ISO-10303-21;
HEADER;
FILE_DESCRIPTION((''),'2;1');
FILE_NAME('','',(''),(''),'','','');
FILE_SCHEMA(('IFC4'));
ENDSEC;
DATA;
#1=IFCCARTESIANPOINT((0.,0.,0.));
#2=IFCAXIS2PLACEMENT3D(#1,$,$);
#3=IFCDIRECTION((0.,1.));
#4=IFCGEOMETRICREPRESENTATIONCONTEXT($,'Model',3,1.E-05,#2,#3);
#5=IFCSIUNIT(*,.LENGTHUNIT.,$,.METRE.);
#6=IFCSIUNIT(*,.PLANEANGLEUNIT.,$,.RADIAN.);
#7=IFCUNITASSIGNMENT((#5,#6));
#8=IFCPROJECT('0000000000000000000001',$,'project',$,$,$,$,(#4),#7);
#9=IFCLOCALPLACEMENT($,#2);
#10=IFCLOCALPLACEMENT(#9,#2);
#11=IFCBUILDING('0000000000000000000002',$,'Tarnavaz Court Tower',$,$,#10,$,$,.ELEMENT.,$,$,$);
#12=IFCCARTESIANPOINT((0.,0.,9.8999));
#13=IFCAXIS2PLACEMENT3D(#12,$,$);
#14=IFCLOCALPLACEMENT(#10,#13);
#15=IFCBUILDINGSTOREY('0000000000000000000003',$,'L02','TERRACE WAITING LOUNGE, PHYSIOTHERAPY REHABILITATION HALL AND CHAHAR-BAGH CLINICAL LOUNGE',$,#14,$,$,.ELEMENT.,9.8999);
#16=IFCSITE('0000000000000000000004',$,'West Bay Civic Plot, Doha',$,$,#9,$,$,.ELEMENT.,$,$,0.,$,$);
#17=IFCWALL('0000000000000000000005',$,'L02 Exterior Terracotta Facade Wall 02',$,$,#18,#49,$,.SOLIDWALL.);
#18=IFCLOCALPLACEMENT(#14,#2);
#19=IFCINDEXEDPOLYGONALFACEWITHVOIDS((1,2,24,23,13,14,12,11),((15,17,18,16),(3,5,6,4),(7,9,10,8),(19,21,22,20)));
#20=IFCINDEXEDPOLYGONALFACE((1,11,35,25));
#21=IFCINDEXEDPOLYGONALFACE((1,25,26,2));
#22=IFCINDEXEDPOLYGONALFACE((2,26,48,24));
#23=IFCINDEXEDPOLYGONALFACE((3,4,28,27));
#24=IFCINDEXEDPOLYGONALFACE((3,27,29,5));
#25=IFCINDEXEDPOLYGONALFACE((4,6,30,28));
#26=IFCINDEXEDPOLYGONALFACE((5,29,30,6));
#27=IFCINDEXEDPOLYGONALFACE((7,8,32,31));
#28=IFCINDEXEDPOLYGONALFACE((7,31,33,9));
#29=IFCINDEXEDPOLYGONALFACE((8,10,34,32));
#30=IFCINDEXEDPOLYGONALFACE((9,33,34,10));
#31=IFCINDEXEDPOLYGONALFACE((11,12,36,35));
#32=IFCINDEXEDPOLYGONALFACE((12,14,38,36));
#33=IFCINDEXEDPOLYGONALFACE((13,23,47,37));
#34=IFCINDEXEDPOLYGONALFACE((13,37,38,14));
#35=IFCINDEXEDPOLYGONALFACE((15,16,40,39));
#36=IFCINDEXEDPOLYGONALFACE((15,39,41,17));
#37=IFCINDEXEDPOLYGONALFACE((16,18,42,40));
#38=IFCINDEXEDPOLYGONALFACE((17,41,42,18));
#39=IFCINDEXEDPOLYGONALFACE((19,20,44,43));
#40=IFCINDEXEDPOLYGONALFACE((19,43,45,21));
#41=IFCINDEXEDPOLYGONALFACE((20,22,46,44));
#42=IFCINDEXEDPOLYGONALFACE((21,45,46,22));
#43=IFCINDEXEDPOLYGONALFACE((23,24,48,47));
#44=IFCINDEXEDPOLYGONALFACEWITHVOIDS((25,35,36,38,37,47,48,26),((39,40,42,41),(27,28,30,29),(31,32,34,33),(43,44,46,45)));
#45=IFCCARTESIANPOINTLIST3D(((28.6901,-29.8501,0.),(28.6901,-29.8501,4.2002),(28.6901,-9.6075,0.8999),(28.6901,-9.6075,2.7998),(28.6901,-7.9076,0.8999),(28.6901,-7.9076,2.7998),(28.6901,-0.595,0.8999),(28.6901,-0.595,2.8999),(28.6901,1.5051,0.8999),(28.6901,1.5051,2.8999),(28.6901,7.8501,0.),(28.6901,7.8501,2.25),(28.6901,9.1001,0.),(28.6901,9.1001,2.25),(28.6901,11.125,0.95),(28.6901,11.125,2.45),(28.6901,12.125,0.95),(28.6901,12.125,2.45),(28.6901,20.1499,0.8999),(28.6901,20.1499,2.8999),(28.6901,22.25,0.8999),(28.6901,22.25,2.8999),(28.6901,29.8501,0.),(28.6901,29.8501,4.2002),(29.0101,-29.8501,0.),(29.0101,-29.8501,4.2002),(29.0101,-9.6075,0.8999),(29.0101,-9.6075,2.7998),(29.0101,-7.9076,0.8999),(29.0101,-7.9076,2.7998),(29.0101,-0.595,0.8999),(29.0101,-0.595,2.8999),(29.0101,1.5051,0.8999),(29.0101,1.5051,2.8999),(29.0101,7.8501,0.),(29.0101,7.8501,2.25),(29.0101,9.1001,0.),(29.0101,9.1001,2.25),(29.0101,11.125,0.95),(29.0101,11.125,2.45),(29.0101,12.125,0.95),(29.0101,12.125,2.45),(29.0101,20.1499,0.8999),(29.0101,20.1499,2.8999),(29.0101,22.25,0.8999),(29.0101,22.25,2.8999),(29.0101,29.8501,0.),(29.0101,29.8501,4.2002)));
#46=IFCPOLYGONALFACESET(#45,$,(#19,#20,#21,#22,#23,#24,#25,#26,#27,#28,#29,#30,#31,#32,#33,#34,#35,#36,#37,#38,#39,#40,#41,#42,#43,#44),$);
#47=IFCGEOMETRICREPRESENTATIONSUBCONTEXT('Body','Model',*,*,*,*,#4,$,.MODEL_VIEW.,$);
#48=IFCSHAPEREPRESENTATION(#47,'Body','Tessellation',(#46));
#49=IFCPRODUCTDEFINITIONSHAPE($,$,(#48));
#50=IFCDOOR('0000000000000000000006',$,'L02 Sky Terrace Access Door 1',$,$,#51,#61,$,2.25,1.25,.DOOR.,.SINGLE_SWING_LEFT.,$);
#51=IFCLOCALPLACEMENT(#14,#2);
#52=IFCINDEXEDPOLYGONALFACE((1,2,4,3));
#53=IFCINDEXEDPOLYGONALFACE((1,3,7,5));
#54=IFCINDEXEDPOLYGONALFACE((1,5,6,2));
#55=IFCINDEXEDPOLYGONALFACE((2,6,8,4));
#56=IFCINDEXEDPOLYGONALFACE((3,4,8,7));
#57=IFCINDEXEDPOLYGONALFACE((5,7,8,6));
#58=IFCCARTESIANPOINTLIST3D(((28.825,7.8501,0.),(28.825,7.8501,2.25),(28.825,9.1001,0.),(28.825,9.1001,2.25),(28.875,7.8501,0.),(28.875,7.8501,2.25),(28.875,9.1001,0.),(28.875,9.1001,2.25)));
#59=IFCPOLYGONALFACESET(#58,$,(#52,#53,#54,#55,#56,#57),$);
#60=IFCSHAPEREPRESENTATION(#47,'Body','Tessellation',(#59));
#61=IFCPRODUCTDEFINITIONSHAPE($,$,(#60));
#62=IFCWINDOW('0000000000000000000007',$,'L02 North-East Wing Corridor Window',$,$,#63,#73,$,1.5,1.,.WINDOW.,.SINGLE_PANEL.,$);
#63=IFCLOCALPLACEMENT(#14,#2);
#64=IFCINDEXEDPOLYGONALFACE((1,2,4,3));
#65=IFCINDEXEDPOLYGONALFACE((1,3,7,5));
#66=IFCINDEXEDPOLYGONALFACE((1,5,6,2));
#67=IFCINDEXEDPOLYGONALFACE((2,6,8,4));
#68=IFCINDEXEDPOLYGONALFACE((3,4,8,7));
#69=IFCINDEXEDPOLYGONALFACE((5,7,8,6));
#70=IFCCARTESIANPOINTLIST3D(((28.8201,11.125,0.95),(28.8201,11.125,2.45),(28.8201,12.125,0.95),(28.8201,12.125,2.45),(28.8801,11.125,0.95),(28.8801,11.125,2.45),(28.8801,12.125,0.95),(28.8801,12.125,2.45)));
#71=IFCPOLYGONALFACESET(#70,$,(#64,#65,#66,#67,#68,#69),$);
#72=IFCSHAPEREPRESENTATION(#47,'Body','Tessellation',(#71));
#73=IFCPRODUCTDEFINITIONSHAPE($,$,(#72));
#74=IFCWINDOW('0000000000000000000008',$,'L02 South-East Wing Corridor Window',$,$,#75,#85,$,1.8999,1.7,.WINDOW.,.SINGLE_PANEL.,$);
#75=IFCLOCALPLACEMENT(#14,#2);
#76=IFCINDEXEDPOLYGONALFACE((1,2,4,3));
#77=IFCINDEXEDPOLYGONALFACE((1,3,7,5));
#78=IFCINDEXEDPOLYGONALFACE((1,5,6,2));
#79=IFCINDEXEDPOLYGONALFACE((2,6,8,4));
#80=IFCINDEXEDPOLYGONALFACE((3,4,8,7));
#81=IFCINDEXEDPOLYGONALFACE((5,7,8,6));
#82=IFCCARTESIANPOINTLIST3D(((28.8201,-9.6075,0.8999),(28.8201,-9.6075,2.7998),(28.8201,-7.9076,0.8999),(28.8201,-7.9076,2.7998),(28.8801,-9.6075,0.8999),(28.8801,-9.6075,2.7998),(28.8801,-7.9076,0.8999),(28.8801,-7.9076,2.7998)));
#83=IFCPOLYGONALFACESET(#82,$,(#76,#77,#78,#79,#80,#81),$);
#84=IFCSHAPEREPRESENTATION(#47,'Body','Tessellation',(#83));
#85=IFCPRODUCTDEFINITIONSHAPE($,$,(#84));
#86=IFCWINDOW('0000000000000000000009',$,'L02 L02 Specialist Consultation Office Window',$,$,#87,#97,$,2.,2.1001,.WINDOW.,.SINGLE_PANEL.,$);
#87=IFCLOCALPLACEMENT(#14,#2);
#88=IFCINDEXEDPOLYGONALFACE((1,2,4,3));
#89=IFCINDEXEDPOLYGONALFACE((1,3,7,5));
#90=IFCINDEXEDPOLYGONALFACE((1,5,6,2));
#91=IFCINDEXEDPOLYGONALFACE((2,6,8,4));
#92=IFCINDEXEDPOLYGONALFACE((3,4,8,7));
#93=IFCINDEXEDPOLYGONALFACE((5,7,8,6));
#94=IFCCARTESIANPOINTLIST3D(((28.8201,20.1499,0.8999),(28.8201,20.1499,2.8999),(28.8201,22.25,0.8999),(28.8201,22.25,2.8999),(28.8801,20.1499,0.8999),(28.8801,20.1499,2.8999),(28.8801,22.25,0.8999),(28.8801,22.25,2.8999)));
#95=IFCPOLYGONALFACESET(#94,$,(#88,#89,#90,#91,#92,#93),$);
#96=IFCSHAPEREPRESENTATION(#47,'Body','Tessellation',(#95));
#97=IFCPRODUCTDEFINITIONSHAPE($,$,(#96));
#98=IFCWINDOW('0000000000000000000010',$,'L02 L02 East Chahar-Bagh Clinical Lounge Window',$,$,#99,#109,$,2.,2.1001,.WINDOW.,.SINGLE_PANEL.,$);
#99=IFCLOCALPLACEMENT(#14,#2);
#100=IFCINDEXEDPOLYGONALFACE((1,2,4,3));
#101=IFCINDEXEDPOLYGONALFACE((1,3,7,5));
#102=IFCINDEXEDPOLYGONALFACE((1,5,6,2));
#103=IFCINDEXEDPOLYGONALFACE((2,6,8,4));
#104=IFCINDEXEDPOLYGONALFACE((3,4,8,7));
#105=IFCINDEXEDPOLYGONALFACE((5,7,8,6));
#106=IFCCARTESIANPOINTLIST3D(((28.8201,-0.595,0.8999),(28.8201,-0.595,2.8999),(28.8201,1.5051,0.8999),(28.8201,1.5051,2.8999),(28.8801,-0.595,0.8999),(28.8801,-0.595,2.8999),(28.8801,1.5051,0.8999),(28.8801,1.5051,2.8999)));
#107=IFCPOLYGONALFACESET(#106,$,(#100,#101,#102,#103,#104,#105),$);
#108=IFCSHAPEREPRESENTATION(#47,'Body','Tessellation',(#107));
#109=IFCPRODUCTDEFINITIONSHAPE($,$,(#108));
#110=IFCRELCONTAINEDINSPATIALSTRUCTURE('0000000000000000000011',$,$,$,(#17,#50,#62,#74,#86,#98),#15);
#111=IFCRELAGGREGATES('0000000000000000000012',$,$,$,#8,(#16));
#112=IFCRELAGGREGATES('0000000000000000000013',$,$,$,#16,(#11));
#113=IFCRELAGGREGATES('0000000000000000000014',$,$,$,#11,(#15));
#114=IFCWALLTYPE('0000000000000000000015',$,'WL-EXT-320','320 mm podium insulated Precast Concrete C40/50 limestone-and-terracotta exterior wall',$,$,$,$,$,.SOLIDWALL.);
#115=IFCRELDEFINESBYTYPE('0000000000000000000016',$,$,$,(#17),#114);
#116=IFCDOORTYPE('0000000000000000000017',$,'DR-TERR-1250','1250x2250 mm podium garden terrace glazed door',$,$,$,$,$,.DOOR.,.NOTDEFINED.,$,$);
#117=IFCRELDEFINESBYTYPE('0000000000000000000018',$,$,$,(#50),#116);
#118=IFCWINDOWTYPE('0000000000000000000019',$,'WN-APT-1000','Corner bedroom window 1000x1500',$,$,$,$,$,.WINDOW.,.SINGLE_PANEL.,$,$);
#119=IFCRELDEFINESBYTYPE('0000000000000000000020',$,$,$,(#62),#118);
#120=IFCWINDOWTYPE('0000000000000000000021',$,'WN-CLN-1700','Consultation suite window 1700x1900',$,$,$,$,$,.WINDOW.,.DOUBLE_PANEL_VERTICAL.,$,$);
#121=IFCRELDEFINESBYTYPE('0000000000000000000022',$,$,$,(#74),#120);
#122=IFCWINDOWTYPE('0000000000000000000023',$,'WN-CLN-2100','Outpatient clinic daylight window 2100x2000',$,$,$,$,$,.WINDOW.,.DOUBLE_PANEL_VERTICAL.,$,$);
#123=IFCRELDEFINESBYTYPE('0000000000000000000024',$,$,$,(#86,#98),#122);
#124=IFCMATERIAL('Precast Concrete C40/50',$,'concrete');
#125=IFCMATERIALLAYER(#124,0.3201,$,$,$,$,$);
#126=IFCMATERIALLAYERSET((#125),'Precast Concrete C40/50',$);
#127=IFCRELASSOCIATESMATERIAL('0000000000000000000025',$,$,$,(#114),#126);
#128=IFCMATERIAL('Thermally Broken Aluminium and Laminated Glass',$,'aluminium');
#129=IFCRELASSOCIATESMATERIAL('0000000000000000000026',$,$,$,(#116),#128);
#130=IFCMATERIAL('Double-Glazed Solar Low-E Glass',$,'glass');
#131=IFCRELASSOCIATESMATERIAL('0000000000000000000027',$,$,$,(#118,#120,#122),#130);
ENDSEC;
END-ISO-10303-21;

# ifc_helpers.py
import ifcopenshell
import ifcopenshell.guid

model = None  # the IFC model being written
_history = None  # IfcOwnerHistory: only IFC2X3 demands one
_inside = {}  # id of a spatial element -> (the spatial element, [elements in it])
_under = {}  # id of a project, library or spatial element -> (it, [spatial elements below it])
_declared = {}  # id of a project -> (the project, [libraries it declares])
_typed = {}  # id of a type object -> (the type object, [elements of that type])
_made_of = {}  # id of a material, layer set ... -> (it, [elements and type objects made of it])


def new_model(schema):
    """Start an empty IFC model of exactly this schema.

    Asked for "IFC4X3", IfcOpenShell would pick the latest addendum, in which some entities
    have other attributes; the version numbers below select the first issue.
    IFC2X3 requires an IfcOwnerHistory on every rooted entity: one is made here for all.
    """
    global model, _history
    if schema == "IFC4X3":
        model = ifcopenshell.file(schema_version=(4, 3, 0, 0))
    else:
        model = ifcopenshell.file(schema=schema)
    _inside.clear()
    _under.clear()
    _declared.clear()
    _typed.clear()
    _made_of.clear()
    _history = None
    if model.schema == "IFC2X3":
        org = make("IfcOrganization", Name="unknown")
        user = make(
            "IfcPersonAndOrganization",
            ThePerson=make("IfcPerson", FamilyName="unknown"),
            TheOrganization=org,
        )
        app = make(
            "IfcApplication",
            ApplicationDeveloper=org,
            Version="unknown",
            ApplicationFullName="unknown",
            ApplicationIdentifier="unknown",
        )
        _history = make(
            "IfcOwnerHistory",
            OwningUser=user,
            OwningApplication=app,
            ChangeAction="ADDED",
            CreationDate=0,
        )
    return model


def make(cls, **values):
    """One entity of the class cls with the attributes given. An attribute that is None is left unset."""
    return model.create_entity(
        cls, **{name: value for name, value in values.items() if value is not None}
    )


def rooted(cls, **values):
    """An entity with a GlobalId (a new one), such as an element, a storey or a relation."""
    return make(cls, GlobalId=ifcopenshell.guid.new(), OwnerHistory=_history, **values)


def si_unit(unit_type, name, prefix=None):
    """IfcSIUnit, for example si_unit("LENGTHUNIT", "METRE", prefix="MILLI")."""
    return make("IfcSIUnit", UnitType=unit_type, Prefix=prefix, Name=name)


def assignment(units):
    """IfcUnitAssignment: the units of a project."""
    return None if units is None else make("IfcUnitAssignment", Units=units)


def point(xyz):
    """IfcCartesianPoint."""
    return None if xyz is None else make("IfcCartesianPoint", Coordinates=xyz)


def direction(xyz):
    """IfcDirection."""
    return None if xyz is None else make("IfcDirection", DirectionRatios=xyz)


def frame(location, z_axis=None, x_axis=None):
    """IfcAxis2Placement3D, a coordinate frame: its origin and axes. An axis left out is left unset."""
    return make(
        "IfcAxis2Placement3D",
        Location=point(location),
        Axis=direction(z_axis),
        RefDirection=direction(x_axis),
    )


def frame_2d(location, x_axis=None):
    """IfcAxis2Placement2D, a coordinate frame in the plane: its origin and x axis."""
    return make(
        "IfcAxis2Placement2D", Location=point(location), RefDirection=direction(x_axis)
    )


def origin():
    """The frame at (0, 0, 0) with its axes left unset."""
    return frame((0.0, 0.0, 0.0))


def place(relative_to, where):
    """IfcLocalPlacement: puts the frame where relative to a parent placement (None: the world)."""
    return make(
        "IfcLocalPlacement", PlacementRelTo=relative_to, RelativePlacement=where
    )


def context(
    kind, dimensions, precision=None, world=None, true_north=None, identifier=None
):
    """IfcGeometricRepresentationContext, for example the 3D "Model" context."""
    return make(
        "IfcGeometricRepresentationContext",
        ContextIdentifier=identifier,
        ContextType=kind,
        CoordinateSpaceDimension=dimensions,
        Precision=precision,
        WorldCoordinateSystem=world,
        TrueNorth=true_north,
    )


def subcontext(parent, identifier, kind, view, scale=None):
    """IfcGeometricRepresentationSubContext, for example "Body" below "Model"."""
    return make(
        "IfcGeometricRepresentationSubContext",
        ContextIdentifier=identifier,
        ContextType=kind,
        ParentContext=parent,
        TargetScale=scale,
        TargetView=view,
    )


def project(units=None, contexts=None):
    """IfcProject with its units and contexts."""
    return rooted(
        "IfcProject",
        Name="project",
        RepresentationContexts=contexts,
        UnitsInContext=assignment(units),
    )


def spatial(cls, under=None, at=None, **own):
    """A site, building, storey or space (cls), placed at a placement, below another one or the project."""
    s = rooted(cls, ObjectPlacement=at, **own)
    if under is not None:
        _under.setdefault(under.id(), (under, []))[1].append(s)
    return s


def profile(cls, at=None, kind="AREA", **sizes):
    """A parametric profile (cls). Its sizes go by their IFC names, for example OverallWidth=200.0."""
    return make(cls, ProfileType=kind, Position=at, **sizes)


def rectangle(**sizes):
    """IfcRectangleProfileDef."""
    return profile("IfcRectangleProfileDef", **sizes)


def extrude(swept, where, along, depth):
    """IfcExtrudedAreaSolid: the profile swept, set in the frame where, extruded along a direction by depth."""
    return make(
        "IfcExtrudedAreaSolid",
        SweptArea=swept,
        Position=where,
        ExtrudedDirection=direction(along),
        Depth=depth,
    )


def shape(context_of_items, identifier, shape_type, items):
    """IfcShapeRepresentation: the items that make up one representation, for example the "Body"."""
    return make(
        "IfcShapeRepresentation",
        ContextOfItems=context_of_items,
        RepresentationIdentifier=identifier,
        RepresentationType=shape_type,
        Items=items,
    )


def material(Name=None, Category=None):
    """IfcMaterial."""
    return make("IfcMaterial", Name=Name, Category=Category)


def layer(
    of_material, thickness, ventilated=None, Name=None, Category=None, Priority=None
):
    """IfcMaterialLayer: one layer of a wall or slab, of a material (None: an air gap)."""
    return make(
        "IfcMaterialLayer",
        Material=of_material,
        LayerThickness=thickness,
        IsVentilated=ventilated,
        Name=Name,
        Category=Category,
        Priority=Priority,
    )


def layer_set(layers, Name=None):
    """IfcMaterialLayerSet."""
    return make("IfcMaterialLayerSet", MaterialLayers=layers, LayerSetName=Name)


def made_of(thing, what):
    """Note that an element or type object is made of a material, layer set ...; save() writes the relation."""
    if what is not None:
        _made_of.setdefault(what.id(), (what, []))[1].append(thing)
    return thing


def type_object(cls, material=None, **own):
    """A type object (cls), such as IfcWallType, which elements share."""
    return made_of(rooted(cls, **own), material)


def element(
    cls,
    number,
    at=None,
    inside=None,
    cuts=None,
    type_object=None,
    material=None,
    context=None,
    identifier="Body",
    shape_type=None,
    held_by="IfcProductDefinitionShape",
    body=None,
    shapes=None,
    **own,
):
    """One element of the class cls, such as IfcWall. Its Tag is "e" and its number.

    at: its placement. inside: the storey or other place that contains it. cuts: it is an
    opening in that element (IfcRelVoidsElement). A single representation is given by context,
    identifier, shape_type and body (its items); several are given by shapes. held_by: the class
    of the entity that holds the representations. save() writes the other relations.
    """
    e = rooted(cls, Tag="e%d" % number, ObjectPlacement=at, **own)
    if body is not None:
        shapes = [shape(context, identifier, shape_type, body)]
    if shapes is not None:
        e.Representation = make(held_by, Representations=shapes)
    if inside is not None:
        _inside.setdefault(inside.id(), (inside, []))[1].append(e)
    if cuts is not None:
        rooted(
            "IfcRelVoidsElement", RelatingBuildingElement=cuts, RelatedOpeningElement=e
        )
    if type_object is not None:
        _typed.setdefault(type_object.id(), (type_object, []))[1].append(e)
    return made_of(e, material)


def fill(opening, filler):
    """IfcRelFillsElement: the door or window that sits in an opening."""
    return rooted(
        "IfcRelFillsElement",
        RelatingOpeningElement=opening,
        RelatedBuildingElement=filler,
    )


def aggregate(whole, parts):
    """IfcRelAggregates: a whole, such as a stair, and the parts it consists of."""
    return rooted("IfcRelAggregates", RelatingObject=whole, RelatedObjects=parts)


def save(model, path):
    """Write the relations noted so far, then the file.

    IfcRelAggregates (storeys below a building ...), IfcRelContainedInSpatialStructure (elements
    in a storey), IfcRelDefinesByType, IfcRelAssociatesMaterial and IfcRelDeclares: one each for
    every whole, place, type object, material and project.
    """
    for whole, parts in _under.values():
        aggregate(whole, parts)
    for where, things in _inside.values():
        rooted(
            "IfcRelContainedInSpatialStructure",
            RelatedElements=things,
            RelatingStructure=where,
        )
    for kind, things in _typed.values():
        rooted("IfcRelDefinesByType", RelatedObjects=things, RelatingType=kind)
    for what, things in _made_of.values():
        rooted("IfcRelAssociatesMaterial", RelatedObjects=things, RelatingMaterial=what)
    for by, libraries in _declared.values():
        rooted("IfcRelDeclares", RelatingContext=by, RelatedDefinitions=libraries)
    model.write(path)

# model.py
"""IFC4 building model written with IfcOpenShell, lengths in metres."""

from ifc_helpers import new_model, si_unit, direction, frame, frame_2d, origin, place, context, subcontext, project, spatial, rectangle, extrude, material, layer, layer_set, type_object, element, fill, save


model = new_model("IFC4")

# Units and contexts
model_context = context("Model", 3, precision=1e-05, world=origin(), true_north=direction((0.0, 1.0)))
body_context = subcontext(model_context, "Body", "Model", "MODEL_VIEW")
ifc_project = project(units=[si_unit("LENGTHUNIT", "METRE"), si_unit("PLANEANGLEUNIT", "RADIAN")], contexts=[model_context])

# Site, building, storey
site_placement = place(None, origin())
site = spatial("IfcSite", under=ifc_project, at=site_placement, Name="West Bay Civic Plot, Doha", CompositionType="ELEMENT", RefElevation=0.0)
building_placement = place(site_placement, origin())
building = spatial("IfcBuilding", under=site, at=building_placement, Name="Tarnavaz Court Tower", CompositionType="ELEMENT")
storey_placement = place(building_placement, frame((0.0, 0.0, 9.8999)))
storey = spatial("IfcBuildingStorey", under=building, at=storey_placement, Name="L02", Description="TERRACE WAITING LOUNGE, PHYSIOTHERAPY REHABILITATION HALL AND CHAHAR-BAGH CLINICAL LOUNGE", CompositionType="ELEMENT", Elevation=9.8999)

# Shared definitions
ifc_material_1 = material(Name="Double-Glazed Solar Low-E Glass", Category="glass")

# Wall, openings, door, windows
ifc_material_2 = material(Name="Precast Concrete C40/50", Category="concrete")
ifc_layer_1 = layer(ifc_material_2, 0.3201)
ifc_layer_set_1 = layer_set([ifc_layer_1], Name="Precast Concrete C40/50")
wall_type = type_object("IfcWallType", Name="WL-EXT-320", Description="320 mm podium insulated Precast Concrete C40/50 limestone-and-terracotta exterior wall", PredefinedType="SOLIDWALL", material=ifc_layer_set_1)
wall_placement = place(storey_placement, frame((28.8501, 29.8501, 0.0), z_axis=(0.0, 0.0, 1.0), x_axis=(0.0, -1.0, 0.0)))
wall = element("IfcWall", 1, at=wall_placement, inside=storey, type_object=wall_type, Name="L02 Exterior Terracotta Facade Wall 02", PredefinedType="SOLIDWALL", context=body_context, shape_type="SweptSolid", body=[
    extrude(rectangle(XDim=59.7002, YDim=0.3201, at=frame_2d((29.8501, 0.0))), origin(), (0.0, 0.0, 1.0), 4.2002),
])
opening_1_placement = place(wall_placement, frame((20.75, 0.0, 0.0)))
opening_1 = element("IfcOpeningElement", 2, at=opening_1_placement, cuts=wall, PredefinedType="OPENING", context=body_context, shape_type="SweptSolid", body=[
    extrude(rectangle(XDim=1.25, YDim=2.25, at=frame_2d((0.625, 1.125))), frame((0.0, 0.1699, 0.0), z_axis=(0.0, -1.0, 0.0), x_axis=(1.0, 0.0, 0.0)), (0.0, 0.0, 1.0), 0.3401),
])
opening_2_placement = place(wall_placement, frame((7.6001, 0.0, 0.8999)))
opening_2 = element("IfcOpeningElement", 3, at=opening_2_placement, cuts=wall, PredefinedType="OPENING", context=body_context, shape_type="SweptSolid", body=[
    extrude(rectangle(XDim=2.1001, YDim=2.0, at=frame_2d((1.05, 1.0))), frame((0.0, 0.1699, 0.0), z_axis=(0.0, -1.0, 0.0), x_axis=(1.0, 0.0, 0.0)), (0.0, 0.0, 1.0), 0.3401),
])
opening_3_placement = place(wall_placement, frame((17.7251, 0.0, 0.95)))
opening_3 = element("IfcOpeningElement", 4, at=opening_3_placement, cuts=wall, PredefinedType="OPENING", context=body_context, shape_type="SweptSolid", body=[
    extrude(rectangle(XDim=1.0, YDim=1.5, at=frame_2d((0.5, 0.75))), frame((0.0, 0.1699, 0.0), z_axis=(0.0, -1.0, 0.0), x_axis=(1.0, 0.0, 0.0)), (0.0, 0.0, 1.0), 0.3401),
])
opening_4_placement = place(wall_placement, frame((28.345, 0.0, 0.8999)))
opening_4 = element("IfcOpeningElement", 5, at=opening_4_placement, cuts=wall, PredefinedType="OPENING", context=body_context, shape_type="SweptSolid", body=[
    extrude(rectangle(XDim=2.1001, YDim=2.0, at=frame_2d((1.05, 1.0))), frame((0.0, 0.1699, 0.0), z_axis=(0.0, -1.0, 0.0), x_axis=(1.0, 0.0, 0.0)), (0.0, 0.0, 1.0), 0.3401),
])
opening_5_placement = place(wall_placement, frame((37.7576, 0.0, 0.8999)))
opening_5 = element("IfcOpeningElement", 6, at=opening_5_placement, cuts=wall, PredefinedType="OPENING", context=body_context, shape_type="SweptSolid", body=[
    extrude(rectangle(XDim=1.7, YDim=1.8999, at=frame_2d((0.8501, 0.95))), frame((0.0, 0.1699, 0.0), z_axis=(0.0, -1.0, 0.0), x_axis=(1.0, 0.0, 0.0)), (0.0, 0.0, 1.0), 0.3401),
])
ifc_material_3 = material(Name="Thermally Broken Aluminium and Laminated Glass", Category="aluminium")
door_type = type_object("IfcDoorType", Name="DR-TERR-1250", Description="1250x2250 mm podium garden terrace glazed door", OperationType="NOTDEFINED", PredefinedType="DOOR", material=ifc_material_3)
door_placement = place(opening_1_placement, origin())
door = element("IfcDoor", 7, at=door_placement, inside=storey, type_object=door_type, Name="L02 Sky Terrace Access Door 1", OperationType="SINGLE_SWING_LEFT", OverallHeight=2.25, OverallWidth=1.25, PredefinedType="DOOR", context=body_context, shape_type="SweptSolid", body=[
    extrude(rectangle(XDim=1.25, YDim=2.25, at=frame_2d((0.625, 1.125))), frame((0.0, 0.0249, 0.0), z_axis=(0.0, -1.0, 0.0), x_axis=(1.0, 0.0, 0.0)), (0.0, 0.0, 1.0), 0.05),
])
fill(opening_1, door)
window_type_1 = type_object("IfcWindowType", Name="WN-APT-1000", Description="Corner bedroom window 1000x1500", PartitioningType="SINGLE_PANEL", PredefinedType="WINDOW", material=ifc_material_1)
window_1_placement = place(opening_3_placement, origin())
window_1 = element("IfcWindow", 8, at=window_1_placement, inside=storey, type_object=window_type_1, Name="L02 North-East Wing Corridor Window", OverallHeight=1.5, OverallWidth=1.0, PartitioningType="SINGLE_PANEL", PredefinedType="WINDOW", context=body_context, shape_type="SweptSolid", body=[
    extrude(rectangle(XDim=1.0, YDim=1.5, at=frame_2d((0.5, 0.75))), frame((0.0, 0.03, 0.0), z_axis=(0.0, -1.0, 0.0), x_axis=(1.0, 0.0, 0.0)), (0.0, 0.0, 1.0), 0.0601),
])
fill(opening_3, window_1)
window_type_2 = type_object("IfcWindowType", Name="WN-CLN-1700", Description="Consultation suite window 1700x1900", PartitioningType="DOUBLE_PANEL_VERTICAL", PredefinedType="WINDOW", material=ifc_material_1)
window_2_placement = place(opening_5_placement, origin())
window_2 = element("IfcWindow", 9, at=window_2_placement, inside=storey, type_object=window_type_2, Name="L02 South-East Wing Corridor Window", OverallHeight=1.8999, OverallWidth=1.7, PartitioningType="SINGLE_PANEL", PredefinedType="WINDOW", context=body_context, shape_type="SweptSolid", body=[
    extrude(rectangle(XDim=1.7, YDim=1.8999, at=frame_2d((0.8501, 0.95))), frame((0.0, 0.03, 0.0), z_axis=(0.0, -1.0, 0.0), x_axis=(1.0, 0.0, 0.0)), (0.0, 0.0, 1.0), 0.0601),
])
fill(opening_5, window_2)
window_type_3 = type_object("IfcWindowType", Name="WN-CLN-2100", Description="Outpatient clinic daylight window 2100x2000", PartitioningType="DOUBLE_PANEL_VERTICAL", PredefinedType="WINDOW", material=ifc_material_1)
window_3_placement = place(opening_2_placement, origin())
window_3 = element("IfcWindow", 10, at=window_3_placement, inside=storey, type_object=window_type_3, Name="L02 L02 Specialist Consultation Office Window", OverallHeight=2.0, OverallWidth=2.1001, PartitioningType="SINGLE_PANEL", PredefinedType="WINDOW", context=body_context, shape_type="SweptSolid", body=[
    extrude(rectangle(XDim=2.1001, YDim=2.0, at=frame_2d((1.05, 1.0))), frame((0.0, 0.03, 0.0), z_axis=(0.0, -1.0, 0.0), x_axis=(1.0, 0.0, 0.0)), (0.0, 0.0, 1.0), 0.0601),
])
fill(opening_2, window_3)
window_4_placement = place(opening_4_placement, origin())
window_4 = element("IfcWindow", 11, at=window_4_placement, inside=storey, type_object=window_type_3, Name="L02 L02 East Chahar-Bagh Clinical Lounge Window", OverallHeight=2.0, OverallWidth=2.1001, PartitioningType="SINGLE_PANEL", PredefinedType="WINDOW", context=body_context, shape_type="SweptSolid", body=[
    extrude(rectangle(XDim=2.1001, YDim=2.0, at=frame_2d((1.05, 1.0))), frame((0.0, 0.03, 0.0), z_axis=(0.0, -1.0, 0.0), x_axis=(1.0, 0.0, 0.0)), (0.0, 0.0, 1.0), 0.0601),
])
fill(opening_4, window_4)

save(model, "model.ifc")
